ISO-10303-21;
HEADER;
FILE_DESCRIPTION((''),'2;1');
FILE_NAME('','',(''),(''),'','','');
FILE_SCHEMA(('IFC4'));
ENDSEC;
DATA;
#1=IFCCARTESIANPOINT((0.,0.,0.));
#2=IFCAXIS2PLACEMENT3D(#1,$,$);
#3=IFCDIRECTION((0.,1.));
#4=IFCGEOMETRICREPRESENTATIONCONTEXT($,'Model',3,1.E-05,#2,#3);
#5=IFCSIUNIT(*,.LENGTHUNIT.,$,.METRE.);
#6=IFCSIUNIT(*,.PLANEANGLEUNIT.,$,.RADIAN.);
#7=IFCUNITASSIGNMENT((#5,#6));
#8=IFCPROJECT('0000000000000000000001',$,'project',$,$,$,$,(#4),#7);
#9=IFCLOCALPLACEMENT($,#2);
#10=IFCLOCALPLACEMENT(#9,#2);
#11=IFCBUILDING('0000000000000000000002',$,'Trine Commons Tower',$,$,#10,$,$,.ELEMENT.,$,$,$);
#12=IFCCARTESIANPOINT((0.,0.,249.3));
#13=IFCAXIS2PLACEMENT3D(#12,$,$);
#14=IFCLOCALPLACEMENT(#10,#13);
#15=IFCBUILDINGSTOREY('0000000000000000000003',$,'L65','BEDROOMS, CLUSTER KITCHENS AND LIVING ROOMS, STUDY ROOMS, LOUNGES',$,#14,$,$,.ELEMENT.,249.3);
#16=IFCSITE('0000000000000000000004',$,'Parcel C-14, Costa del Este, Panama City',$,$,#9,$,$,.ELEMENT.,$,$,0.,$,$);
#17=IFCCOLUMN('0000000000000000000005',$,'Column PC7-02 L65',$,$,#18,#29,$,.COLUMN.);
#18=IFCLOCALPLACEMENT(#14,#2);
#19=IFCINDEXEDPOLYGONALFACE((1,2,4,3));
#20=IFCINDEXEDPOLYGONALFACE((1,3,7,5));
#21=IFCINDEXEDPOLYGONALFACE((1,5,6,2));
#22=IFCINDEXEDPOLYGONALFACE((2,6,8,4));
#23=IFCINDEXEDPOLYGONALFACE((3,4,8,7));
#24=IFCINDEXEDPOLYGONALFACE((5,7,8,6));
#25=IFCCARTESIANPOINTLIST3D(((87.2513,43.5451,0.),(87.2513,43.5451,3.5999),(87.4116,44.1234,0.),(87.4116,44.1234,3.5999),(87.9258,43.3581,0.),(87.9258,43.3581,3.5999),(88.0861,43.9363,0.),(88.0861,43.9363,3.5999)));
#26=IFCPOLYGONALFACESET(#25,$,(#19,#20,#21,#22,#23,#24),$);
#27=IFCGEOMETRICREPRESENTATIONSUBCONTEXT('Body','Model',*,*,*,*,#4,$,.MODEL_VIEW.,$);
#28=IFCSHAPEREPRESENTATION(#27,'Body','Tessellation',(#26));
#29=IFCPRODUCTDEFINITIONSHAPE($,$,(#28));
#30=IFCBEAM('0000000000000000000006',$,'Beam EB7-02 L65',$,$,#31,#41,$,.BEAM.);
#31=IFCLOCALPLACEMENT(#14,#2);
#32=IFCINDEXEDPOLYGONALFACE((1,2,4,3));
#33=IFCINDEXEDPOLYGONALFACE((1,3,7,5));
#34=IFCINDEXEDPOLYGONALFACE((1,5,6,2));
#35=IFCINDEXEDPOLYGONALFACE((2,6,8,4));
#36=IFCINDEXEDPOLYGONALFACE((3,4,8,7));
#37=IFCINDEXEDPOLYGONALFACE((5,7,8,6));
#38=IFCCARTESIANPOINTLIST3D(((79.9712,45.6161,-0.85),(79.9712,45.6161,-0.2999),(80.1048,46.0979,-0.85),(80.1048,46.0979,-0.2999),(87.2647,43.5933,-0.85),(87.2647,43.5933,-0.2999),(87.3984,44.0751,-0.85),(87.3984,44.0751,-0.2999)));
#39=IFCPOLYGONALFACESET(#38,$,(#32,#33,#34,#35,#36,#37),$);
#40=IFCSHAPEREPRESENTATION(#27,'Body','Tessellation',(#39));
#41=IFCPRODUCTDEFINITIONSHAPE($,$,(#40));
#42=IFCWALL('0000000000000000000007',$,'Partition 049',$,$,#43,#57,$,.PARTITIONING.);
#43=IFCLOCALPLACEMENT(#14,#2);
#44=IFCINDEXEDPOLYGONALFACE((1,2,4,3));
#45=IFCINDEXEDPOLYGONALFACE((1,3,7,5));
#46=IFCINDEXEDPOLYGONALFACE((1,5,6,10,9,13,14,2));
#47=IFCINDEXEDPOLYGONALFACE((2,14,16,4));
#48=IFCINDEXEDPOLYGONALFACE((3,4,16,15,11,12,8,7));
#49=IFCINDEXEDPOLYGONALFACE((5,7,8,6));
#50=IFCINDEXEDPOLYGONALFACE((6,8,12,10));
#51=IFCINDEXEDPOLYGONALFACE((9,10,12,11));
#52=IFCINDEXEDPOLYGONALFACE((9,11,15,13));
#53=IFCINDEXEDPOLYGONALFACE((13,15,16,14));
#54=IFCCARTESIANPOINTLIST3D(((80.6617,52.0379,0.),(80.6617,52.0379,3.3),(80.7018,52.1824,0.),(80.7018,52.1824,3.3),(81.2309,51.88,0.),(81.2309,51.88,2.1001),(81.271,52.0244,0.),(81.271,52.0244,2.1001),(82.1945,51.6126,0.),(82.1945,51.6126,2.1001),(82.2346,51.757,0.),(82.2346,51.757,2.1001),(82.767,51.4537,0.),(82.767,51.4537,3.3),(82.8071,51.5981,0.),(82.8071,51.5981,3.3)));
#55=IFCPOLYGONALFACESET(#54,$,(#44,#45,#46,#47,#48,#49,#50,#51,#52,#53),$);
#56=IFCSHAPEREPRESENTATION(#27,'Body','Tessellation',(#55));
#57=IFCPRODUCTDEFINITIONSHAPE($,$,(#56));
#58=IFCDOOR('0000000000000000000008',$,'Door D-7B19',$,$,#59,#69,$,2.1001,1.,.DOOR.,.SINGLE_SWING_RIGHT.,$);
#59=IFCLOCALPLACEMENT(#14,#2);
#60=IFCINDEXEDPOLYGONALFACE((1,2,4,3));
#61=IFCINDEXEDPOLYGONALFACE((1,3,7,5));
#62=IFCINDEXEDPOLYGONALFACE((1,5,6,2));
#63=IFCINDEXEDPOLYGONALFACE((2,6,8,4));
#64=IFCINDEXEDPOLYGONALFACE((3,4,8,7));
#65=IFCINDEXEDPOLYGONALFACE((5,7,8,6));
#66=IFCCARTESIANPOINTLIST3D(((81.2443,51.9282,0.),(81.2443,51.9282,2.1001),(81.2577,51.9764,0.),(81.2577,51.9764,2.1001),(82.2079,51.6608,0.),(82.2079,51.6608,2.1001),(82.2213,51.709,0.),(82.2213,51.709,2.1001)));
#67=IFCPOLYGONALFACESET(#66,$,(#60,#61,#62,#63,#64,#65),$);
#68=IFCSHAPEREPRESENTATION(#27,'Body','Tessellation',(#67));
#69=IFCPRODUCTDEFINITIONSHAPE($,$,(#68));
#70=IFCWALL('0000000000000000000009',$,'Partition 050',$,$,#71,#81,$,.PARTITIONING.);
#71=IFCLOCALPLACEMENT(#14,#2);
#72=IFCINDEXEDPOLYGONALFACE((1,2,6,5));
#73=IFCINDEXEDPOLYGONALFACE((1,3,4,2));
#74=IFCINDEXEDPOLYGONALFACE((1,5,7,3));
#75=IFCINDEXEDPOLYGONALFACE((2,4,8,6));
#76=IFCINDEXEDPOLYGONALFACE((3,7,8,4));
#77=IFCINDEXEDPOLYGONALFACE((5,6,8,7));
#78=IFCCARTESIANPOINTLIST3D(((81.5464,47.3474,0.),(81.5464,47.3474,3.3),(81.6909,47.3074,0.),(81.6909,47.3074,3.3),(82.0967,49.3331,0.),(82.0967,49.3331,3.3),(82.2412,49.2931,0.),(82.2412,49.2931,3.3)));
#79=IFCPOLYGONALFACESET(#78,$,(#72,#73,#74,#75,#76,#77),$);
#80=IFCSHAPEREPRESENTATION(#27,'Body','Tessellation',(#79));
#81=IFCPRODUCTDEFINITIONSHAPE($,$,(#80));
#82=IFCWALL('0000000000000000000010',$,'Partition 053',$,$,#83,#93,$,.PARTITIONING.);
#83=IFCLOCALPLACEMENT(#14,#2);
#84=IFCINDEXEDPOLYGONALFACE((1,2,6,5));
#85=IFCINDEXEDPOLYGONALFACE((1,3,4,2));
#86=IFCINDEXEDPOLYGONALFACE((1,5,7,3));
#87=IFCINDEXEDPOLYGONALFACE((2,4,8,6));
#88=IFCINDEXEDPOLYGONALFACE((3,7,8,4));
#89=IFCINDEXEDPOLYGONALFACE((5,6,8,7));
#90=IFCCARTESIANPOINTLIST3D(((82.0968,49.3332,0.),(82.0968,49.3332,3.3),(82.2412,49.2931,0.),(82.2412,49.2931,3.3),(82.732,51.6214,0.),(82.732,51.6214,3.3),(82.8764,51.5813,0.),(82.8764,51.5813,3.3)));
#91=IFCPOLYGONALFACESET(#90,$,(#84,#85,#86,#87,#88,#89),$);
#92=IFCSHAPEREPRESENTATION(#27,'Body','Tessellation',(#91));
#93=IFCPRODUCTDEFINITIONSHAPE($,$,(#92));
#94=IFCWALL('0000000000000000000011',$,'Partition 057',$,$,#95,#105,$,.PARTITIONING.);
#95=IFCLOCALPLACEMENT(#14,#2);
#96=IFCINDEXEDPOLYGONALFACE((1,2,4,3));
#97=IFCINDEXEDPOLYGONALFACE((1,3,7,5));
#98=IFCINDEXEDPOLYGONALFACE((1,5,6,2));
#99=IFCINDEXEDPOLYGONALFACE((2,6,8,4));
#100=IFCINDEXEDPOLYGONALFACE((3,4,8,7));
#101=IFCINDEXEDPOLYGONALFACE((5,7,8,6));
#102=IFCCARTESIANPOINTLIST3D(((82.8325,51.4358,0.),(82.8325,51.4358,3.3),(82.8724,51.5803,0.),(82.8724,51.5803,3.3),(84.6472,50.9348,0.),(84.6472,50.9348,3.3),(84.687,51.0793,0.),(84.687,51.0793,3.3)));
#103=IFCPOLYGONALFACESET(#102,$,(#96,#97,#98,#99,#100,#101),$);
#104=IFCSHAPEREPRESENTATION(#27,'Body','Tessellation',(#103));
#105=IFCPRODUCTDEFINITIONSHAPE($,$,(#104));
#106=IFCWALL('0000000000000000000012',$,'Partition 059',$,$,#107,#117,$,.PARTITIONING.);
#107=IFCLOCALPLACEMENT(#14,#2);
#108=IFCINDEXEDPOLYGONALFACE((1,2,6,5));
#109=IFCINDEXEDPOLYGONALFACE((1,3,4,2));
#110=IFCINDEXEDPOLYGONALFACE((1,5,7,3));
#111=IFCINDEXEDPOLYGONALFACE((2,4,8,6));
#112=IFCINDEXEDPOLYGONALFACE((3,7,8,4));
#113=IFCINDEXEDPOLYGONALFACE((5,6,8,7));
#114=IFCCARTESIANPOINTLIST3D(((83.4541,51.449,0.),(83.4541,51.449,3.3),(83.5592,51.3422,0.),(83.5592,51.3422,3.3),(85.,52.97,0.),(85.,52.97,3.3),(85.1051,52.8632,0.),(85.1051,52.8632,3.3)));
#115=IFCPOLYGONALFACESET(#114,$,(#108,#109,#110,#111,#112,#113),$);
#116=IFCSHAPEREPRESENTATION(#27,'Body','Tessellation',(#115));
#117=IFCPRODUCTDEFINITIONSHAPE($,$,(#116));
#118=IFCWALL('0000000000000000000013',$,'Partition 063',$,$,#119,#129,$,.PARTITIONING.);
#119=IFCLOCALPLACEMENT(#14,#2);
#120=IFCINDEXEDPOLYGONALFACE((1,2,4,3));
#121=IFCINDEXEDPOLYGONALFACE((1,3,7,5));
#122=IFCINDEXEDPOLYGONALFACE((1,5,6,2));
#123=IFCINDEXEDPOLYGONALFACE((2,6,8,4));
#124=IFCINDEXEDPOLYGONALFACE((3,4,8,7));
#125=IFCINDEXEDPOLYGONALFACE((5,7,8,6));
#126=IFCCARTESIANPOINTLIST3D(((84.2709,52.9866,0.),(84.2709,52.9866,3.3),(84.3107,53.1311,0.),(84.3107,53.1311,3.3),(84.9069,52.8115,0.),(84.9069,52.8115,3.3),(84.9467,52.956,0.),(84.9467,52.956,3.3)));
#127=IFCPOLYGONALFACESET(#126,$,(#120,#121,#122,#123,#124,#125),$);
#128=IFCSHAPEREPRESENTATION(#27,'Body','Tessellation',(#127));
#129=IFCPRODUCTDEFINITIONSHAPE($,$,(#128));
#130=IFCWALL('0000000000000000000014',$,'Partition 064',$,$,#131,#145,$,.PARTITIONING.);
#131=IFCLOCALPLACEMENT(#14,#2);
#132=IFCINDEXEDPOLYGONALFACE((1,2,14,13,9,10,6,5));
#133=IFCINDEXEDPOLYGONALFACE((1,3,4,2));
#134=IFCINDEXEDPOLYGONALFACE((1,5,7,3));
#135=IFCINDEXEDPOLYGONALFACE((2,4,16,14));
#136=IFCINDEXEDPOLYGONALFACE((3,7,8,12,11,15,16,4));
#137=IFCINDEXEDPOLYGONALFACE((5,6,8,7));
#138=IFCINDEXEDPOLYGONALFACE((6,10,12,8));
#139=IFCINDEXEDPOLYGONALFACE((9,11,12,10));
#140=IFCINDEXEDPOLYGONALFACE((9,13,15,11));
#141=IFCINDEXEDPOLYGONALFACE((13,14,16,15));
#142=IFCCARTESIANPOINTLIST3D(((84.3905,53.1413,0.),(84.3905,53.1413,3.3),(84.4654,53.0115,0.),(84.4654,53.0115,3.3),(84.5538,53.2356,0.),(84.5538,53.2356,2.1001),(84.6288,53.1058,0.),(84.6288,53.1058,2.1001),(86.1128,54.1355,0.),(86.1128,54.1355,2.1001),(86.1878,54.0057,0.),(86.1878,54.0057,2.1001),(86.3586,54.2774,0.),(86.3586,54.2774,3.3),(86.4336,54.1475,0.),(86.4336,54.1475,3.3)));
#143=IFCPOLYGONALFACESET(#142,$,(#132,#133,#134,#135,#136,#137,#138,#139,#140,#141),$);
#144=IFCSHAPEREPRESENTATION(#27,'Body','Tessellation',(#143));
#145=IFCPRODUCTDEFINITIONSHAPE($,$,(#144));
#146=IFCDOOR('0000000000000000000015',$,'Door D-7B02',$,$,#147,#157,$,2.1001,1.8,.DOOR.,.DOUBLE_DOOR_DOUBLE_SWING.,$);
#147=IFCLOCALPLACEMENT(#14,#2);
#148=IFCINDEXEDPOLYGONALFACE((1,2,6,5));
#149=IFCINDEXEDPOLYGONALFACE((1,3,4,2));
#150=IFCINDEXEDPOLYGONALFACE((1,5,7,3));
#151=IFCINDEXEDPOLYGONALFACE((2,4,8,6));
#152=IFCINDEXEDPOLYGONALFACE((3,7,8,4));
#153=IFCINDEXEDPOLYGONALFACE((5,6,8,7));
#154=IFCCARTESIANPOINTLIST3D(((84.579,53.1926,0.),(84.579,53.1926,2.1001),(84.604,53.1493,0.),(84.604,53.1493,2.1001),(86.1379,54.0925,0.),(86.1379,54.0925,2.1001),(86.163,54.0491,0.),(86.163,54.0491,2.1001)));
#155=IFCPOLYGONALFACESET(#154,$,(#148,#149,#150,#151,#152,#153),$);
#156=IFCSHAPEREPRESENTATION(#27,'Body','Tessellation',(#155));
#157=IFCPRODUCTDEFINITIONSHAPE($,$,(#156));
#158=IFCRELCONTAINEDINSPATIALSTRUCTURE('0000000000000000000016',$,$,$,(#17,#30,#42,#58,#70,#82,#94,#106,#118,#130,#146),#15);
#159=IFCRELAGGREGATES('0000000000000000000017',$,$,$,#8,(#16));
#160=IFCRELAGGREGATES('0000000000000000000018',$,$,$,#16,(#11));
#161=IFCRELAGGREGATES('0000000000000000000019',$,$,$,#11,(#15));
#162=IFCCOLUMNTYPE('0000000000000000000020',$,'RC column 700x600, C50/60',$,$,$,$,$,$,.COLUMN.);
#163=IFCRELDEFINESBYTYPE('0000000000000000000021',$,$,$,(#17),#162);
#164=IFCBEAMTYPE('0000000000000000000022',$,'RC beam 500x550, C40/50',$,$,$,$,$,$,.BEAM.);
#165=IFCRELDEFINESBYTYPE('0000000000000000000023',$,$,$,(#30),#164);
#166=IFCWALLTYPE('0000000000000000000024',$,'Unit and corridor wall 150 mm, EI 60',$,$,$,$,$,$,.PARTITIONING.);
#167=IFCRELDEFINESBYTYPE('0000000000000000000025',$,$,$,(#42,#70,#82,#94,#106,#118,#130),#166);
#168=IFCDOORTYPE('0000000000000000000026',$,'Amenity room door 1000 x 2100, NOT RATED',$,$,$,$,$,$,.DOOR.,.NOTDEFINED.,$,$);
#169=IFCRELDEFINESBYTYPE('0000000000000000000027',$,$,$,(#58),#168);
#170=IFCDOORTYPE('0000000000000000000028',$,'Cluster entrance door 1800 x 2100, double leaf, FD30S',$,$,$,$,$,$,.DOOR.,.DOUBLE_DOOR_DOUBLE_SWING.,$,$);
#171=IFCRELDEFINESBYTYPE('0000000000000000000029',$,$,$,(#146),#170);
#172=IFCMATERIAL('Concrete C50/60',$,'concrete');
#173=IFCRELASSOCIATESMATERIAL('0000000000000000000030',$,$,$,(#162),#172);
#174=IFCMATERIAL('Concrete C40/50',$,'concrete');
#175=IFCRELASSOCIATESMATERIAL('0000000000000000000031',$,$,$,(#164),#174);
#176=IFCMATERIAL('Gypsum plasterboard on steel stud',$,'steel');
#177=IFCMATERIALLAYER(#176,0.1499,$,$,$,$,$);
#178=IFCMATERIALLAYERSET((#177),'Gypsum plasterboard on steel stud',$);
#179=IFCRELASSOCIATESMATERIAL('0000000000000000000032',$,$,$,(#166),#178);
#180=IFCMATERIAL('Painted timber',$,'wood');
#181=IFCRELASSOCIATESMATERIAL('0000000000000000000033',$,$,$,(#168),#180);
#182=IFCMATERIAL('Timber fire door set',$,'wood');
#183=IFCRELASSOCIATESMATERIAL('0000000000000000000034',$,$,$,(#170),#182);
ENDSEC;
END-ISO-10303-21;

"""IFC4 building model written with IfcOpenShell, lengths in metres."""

from ifc_helpers import new_model, si_unit, direction, frame, frame_2d, origin, origin_2d, place, context, subcontext, project, spatial, rectangle, extrude, material, layer, layer_set, material_profile, profile_set, type_object, element, fill, save


model = new_model("IFC4")

# Units and contexts
model_context = context("Model", 3, precision=1e-05, world=origin(), true_north=direction((0.0, 1.0)))
body_context = subcontext(model_context, "Body", "Model", "MODEL_VIEW")
ifc_project = project(units=[si_unit("LENGTHUNIT", "METRE"), si_unit("PLANEANGLEUNIT", "RADIAN")], contexts=[model_context])

# Site, building, storey
site_placement = place(None, origin())
site = spatial("IfcSite", under=ifc_project, at=site_placement, Name="Parcel C-14, Costa del Este, Panama City", CompositionType="ELEMENT", RefElevation=0.0)
building_placement = place(site_placement, origin())
building = spatial("IfcBuilding", under=site, at=building_placement, Name="Trine Commons Tower", CompositionType="ELEMENT")
storey_placement = place(building_placement, frame((0.0, 0.0, 249.3)))
storey = spatial("IfcBuildingStorey", under=building, at=storey_placement, Name="L65", Description="BEDROOMS, CLUSTER KITCHENS AND LIVING ROOMS, STUDY ROOMS, LOUNGES", CompositionType="ELEMENT", Elevation=249.3)

# Column
ifc_material_1 = material(Name="Concrete C50/60", Category="concrete")
ifc_material_profile_1 = material_profile(ifc_material_1, rectangle(XDim=0.7, YDim=0.6001, at=origin_2d()), Name="RC 700x600")
ifc_profile_set_1 = profile_set([ifc_material_profile_1], Name="Concrete C50/60")
column_type = type_object("IfcColumnType", Name="RC column 700x600, C50/60", PredefinedType="COLUMN", material=ifc_profile_set_1)
column_placement = place(storey_placement, frame((87.6687, 43.7407, 0.0), z_axis=(0.0, 0.0, 1.0), x_axis=(-0.96363, 0.267238, 0.0)))
element("IfcColumn", 1, at=column_placement, inside=storey, type_object=column_type, Name="Column PC7-02 L65", PredefinedType="COLUMN", context=body_context, shape_type="SweptSolid", body=[
    extrude(rectangle(XDim=0.7, YDim=0.6001, at=origin_2d()), origin(), (0.0, 0.0, 1.0), 3.5999),
])

# Beam
ifc_material_2 = material(Name="Concrete C40/50", Category="concrete")
ifc_material_profile_2 = material_profile(ifc_material_2, rectangle(XDim=0.5, YDim=0.55, at=origin_2d()), Name="RC 500x550")
ifc_profile_set_2 = profile_set([ifc_material_profile_2], Name="Concrete C40/50")
beam_type = type_object("IfcBeamType", Name="RC beam 500x550, C40/50", PredefinedType="BEAM", material=ifc_profile_set_2)
beam_placement = place(storey_placement, frame((87.3315, 43.8342, -0.575), z_axis=(-0.963629, 0.267245, 0.0), x_axis=(-0.267245, -0.963629, 0.0)))
element("IfcBeam", 2, at=beam_placement, inside=storey, type_object=beam_type, Name="Beam EB7-02 L65", PredefinedType="BEAM", context=body_context, shape_type="SweptSolid", body=[
    extrude(rectangle(XDim=0.5, YDim=0.55, at=origin_2d()), origin(), (0.0, 0.0, 1.0), 7.5688),
])

# Wall, opening, door
ifc_material_3 = material(Name="Gypsum plasterboard on steel stud", Category="steel")
ifc_layer_1 = layer(ifc_material_3, 0.1499)
ifc_layer_set_1 = layer_set([ifc_layer_1], Name="Gypsum plasterboard on steel stud")
wall_type_1 = type_object("IfcWallType", Name="Unit and corridor wall 150 mm, EI 60", PredefinedType="PARTITIONING", material=ifc_layer_set_1)
wall_1_placement = place(storey_placement, frame((80.6819, 52.1101, 0.0), z_axis=(0.0, 0.0, 1.0), x_axis=(0.963584, -0.267408, 0.0)))
wall_1 = element("IfcWall", 3, at=wall_1_placement, inside=storey, type_object=wall_type_1, Name="Partition 049", PredefinedType="PARTITIONING", context=body_context, shape_type="SweptSolid", body=[
    extrude(rectangle(XDim=2.1848, YDim=0.1499, at=frame_2d((1.0923, 0.0))), origin(), (0.0, 0.0, 1.0), 3.3),
])
opening_1_placement = place(wall_1_placement, frame((0.5906, 0.0, 0.0)))
opening_1 = element("IfcOpeningElement", 4, at=opening_1_placement, cuts=wall_1, PredefinedType="OPENING", context=body_context, shape_type="SweptSolid", body=[
    extrude(rectangle(XDim=1.0, YDim=2.1001, at=frame_2d((0.5, 1.05))), frame((0.0, 0.085, 0.0), z_axis=(0.0, -1.0, 0.0), x_axis=(1.0, 0.0, 0.0)), (0.0, 0.0, 1.0), 0.1699),
])
ifc_material_4 = material(Name="Painted timber", Category="wood")
door_type_1 = type_object("IfcDoorType", Name="Amenity room door 1000 x 2100, NOT RATED", OperationType="NOTDEFINED", PredefinedType="DOOR", material=ifc_material_4)
door_1_placement = place(opening_1_placement, frame((1.0, 0.0, 0.0), z_axis=(0.0, 0.0, 1.0), x_axis=(-1.0, 0.0, 0.0)))
door_1 = element("IfcDoor", 5, at=door_1_placement, inside=storey, type_object=door_type_1, Name="Door D-7B19", OperationType="SINGLE_SWING_RIGHT", OverallHeight=2.1001, OverallWidth=1.0, PredefinedType="DOOR", context=body_context, shape_type="SweptSolid", body=[
    extrude(rectangle(XDim=1.0, YDim=2.1001, at=frame_2d((0.5, 1.05))), frame((0.0, 0.0249, 0.0), z_axis=(0.0, -1.0, 0.0), x_axis=(1.0, 0.0, 0.0)), (0.0, 0.0, 1.0), 0.05),
])
fill(opening_1, door_1)

# Walls
wall_2_placement = place(storey_placement, frame((81.6187, 47.3274, 0.0), z_axis=(0.0, 0.0, 1.0), x_axis=(0.267075, 0.963676, 0.0)))
element("IfcWall", 6, at=wall_2_placement, inside=storey, type_object=wall_type_1, Name="Partition 050", PredefinedType="PARTITIONING", context=body_context, shape_type="SweptSolid", body=[
    extrude(rectangle(XDim=2.0605, YDim=0.1499, at=frame_2d((1.0303, 0.0))), origin(), (0.0, 0.0, 1.0), 3.3),
])
wall_3_placement = place(storey_placement, frame((82.1689, 49.313, 0.0), z_axis=(0.0, 0.0, 1.0), x_axis=(0.26749, 0.963561, 0.0)))
element("IfcWall", 7, at=wall_3_placement, inside=storey, type_object=wall_type_1, Name="Partition 053", PredefinedType="PARTITIONING", context=body_context, shape_type="SweptSolid", body=[
    extrude(rectangle(XDim=2.3748, YDim=0.1499, at=frame_2d((1.1875, 0.0))), origin(), (0.0, 0.0, 1.0), 3.3),
])
wall_4_placement = place(storey_placement, frame((82.8523, 51.5081, 0.0), z_axis=(0.0, 0.0, 1.0), x_axis=(0.963942, -0.266112, 0.0)))
element("IfcWall", 8, at=wall_4_placement, inside=storey, type_object=wall_type_1, Name="Partition 057", PredefinedType="PARTITIONING", context=body_context, shape_type="SweptSolid", body=[
    extrude(rectangle(XDim=1.8826, YDim=0.1499, at=frame_2d((0.9414, 0.0))), origin(), (0.0, 0.0, 1.0), 3.3),
])
wall_5_placement = place(storey_placement, frame((83.5066, 51.3955, 0.0), z_axis=(0.0, 0.0, 1.0), x_axis=(0.712825, 0.701342, 0.0)))
element("IfcWall", 9, at=wall_5_placement, inside=storey, type_object=wall_type_1, Name="Partition 059", PredefinedType="PARTITIONING", context=body_context, shape_type="SweptSolid", body=[
    extrude(rectangle(XDim=2.1687, YDim=0.1499, at=frame_2d((1.0845, 0.0))), origin(), (0.0, 0.0, 1.0), 3.3),
])
wall_6_placement = place(storey_placement, frame((84.2908, 53.0588, 0.0), z_axis=(0.0, 0.0, 1.0), x_axis=(0.964146, -0.265372, 0.0)))
element("IfcWall", 10, at=wall_6_placement, inside=storey, type_object=wall_type_1, Name="Partition 063", PredefinedType="PARTITIONING", context=body_context, shape_type="SweptSolid", body=[
    extrude(rectangle(XDim=0.6597, YDim=0.1499, at=frame_2d((0.3298, 0.0))), origin(), (0.0, 0.0, 1.0), 3.3),
])

# Wall, opening, door
wall_7_placement = place(storey_placement, frame((84.428, 53.0764, 0.0), z_axis=(0.0, 0.0, 1.0), x_axis=(0.866073, 0.499918, 0.0)))
wall_7 = element("IfcWall", 11, at=wall_7_placement, inside=storey, type_object=wall_type_1, Name="Partition 064", PredefinedType="PARTITIONING", context=body_context, shape_type="SweptSolid", body=[
    extrude(rectangle(XDim=2.2725, YDim=0.1499, at=frame_2d((1.1362, 0.0))), origin(), (0.0, 0.0, 1.0), 3.3),
])
opening_2_placement = place(wall_7_placement, frame((0.1887, 0.0, 0.0)))
opening_2 = element("IfcOpeningElement", 12, at=opening_2_placement, cuts=wall_7, PredefinedType="OPENING", context=body_context, shape_type="SweptSolid", body=[
    extrude(rectangle(XDim=1.8, YDim=2.1001, at=frame_2d((0.8999, 1.05))), frame((0.0, 0.085, 0.0), z_axis=(0.0, -1.0, 0.0), x_axis=(1.0, 0.0, 0.0)), (0.0, 0.0, 1.0), 0.1699),
])
ifc_material_5 = material(Name="Timber fire door set", Category="wood")
door_type_2 = type_object("IfcDoorType", Name="Cluster entrance door 1800 x 2100, double leaf, FD30S", OperationType="DOUBLE_DOOR_DOUBLE_SWING", PredefinedType="DOOR", material=ifc_material_5)
door_2_placement = place(opening_2_placement, frame((1.8, 0.0, 0.0), z_axis=(0.0, 0.0, 1.0), x_axis=(-1.0, 0.0, 0.0)))
door_2 = element("IfcDoor", 13, at=door_2_placement, inside=storey, type_object=door_type_2, Name="Door D-7B02", OperationType="DOUBLE_DOOR_DOUBLE_SWING", OverallHeight=2.1001, OverallWidth=1.8, PredefinedType="DOOR", context=body_context, shape_type="SweptSolid", body=[
    extrude(rectangle(XDim=1.8, YDim=2.1001, at=frame_2d((0.8999, 1.05))), frame((0.0, 0.0249, 0.0), z_axis=(0.0, -1.0, 0.0), x_axis=(1.0, 0.0, 0.0)), (0.0, 0.0, 1.0), 0.05),
])
fill(opening_2, door_2)

save(model, "model.ifc")
